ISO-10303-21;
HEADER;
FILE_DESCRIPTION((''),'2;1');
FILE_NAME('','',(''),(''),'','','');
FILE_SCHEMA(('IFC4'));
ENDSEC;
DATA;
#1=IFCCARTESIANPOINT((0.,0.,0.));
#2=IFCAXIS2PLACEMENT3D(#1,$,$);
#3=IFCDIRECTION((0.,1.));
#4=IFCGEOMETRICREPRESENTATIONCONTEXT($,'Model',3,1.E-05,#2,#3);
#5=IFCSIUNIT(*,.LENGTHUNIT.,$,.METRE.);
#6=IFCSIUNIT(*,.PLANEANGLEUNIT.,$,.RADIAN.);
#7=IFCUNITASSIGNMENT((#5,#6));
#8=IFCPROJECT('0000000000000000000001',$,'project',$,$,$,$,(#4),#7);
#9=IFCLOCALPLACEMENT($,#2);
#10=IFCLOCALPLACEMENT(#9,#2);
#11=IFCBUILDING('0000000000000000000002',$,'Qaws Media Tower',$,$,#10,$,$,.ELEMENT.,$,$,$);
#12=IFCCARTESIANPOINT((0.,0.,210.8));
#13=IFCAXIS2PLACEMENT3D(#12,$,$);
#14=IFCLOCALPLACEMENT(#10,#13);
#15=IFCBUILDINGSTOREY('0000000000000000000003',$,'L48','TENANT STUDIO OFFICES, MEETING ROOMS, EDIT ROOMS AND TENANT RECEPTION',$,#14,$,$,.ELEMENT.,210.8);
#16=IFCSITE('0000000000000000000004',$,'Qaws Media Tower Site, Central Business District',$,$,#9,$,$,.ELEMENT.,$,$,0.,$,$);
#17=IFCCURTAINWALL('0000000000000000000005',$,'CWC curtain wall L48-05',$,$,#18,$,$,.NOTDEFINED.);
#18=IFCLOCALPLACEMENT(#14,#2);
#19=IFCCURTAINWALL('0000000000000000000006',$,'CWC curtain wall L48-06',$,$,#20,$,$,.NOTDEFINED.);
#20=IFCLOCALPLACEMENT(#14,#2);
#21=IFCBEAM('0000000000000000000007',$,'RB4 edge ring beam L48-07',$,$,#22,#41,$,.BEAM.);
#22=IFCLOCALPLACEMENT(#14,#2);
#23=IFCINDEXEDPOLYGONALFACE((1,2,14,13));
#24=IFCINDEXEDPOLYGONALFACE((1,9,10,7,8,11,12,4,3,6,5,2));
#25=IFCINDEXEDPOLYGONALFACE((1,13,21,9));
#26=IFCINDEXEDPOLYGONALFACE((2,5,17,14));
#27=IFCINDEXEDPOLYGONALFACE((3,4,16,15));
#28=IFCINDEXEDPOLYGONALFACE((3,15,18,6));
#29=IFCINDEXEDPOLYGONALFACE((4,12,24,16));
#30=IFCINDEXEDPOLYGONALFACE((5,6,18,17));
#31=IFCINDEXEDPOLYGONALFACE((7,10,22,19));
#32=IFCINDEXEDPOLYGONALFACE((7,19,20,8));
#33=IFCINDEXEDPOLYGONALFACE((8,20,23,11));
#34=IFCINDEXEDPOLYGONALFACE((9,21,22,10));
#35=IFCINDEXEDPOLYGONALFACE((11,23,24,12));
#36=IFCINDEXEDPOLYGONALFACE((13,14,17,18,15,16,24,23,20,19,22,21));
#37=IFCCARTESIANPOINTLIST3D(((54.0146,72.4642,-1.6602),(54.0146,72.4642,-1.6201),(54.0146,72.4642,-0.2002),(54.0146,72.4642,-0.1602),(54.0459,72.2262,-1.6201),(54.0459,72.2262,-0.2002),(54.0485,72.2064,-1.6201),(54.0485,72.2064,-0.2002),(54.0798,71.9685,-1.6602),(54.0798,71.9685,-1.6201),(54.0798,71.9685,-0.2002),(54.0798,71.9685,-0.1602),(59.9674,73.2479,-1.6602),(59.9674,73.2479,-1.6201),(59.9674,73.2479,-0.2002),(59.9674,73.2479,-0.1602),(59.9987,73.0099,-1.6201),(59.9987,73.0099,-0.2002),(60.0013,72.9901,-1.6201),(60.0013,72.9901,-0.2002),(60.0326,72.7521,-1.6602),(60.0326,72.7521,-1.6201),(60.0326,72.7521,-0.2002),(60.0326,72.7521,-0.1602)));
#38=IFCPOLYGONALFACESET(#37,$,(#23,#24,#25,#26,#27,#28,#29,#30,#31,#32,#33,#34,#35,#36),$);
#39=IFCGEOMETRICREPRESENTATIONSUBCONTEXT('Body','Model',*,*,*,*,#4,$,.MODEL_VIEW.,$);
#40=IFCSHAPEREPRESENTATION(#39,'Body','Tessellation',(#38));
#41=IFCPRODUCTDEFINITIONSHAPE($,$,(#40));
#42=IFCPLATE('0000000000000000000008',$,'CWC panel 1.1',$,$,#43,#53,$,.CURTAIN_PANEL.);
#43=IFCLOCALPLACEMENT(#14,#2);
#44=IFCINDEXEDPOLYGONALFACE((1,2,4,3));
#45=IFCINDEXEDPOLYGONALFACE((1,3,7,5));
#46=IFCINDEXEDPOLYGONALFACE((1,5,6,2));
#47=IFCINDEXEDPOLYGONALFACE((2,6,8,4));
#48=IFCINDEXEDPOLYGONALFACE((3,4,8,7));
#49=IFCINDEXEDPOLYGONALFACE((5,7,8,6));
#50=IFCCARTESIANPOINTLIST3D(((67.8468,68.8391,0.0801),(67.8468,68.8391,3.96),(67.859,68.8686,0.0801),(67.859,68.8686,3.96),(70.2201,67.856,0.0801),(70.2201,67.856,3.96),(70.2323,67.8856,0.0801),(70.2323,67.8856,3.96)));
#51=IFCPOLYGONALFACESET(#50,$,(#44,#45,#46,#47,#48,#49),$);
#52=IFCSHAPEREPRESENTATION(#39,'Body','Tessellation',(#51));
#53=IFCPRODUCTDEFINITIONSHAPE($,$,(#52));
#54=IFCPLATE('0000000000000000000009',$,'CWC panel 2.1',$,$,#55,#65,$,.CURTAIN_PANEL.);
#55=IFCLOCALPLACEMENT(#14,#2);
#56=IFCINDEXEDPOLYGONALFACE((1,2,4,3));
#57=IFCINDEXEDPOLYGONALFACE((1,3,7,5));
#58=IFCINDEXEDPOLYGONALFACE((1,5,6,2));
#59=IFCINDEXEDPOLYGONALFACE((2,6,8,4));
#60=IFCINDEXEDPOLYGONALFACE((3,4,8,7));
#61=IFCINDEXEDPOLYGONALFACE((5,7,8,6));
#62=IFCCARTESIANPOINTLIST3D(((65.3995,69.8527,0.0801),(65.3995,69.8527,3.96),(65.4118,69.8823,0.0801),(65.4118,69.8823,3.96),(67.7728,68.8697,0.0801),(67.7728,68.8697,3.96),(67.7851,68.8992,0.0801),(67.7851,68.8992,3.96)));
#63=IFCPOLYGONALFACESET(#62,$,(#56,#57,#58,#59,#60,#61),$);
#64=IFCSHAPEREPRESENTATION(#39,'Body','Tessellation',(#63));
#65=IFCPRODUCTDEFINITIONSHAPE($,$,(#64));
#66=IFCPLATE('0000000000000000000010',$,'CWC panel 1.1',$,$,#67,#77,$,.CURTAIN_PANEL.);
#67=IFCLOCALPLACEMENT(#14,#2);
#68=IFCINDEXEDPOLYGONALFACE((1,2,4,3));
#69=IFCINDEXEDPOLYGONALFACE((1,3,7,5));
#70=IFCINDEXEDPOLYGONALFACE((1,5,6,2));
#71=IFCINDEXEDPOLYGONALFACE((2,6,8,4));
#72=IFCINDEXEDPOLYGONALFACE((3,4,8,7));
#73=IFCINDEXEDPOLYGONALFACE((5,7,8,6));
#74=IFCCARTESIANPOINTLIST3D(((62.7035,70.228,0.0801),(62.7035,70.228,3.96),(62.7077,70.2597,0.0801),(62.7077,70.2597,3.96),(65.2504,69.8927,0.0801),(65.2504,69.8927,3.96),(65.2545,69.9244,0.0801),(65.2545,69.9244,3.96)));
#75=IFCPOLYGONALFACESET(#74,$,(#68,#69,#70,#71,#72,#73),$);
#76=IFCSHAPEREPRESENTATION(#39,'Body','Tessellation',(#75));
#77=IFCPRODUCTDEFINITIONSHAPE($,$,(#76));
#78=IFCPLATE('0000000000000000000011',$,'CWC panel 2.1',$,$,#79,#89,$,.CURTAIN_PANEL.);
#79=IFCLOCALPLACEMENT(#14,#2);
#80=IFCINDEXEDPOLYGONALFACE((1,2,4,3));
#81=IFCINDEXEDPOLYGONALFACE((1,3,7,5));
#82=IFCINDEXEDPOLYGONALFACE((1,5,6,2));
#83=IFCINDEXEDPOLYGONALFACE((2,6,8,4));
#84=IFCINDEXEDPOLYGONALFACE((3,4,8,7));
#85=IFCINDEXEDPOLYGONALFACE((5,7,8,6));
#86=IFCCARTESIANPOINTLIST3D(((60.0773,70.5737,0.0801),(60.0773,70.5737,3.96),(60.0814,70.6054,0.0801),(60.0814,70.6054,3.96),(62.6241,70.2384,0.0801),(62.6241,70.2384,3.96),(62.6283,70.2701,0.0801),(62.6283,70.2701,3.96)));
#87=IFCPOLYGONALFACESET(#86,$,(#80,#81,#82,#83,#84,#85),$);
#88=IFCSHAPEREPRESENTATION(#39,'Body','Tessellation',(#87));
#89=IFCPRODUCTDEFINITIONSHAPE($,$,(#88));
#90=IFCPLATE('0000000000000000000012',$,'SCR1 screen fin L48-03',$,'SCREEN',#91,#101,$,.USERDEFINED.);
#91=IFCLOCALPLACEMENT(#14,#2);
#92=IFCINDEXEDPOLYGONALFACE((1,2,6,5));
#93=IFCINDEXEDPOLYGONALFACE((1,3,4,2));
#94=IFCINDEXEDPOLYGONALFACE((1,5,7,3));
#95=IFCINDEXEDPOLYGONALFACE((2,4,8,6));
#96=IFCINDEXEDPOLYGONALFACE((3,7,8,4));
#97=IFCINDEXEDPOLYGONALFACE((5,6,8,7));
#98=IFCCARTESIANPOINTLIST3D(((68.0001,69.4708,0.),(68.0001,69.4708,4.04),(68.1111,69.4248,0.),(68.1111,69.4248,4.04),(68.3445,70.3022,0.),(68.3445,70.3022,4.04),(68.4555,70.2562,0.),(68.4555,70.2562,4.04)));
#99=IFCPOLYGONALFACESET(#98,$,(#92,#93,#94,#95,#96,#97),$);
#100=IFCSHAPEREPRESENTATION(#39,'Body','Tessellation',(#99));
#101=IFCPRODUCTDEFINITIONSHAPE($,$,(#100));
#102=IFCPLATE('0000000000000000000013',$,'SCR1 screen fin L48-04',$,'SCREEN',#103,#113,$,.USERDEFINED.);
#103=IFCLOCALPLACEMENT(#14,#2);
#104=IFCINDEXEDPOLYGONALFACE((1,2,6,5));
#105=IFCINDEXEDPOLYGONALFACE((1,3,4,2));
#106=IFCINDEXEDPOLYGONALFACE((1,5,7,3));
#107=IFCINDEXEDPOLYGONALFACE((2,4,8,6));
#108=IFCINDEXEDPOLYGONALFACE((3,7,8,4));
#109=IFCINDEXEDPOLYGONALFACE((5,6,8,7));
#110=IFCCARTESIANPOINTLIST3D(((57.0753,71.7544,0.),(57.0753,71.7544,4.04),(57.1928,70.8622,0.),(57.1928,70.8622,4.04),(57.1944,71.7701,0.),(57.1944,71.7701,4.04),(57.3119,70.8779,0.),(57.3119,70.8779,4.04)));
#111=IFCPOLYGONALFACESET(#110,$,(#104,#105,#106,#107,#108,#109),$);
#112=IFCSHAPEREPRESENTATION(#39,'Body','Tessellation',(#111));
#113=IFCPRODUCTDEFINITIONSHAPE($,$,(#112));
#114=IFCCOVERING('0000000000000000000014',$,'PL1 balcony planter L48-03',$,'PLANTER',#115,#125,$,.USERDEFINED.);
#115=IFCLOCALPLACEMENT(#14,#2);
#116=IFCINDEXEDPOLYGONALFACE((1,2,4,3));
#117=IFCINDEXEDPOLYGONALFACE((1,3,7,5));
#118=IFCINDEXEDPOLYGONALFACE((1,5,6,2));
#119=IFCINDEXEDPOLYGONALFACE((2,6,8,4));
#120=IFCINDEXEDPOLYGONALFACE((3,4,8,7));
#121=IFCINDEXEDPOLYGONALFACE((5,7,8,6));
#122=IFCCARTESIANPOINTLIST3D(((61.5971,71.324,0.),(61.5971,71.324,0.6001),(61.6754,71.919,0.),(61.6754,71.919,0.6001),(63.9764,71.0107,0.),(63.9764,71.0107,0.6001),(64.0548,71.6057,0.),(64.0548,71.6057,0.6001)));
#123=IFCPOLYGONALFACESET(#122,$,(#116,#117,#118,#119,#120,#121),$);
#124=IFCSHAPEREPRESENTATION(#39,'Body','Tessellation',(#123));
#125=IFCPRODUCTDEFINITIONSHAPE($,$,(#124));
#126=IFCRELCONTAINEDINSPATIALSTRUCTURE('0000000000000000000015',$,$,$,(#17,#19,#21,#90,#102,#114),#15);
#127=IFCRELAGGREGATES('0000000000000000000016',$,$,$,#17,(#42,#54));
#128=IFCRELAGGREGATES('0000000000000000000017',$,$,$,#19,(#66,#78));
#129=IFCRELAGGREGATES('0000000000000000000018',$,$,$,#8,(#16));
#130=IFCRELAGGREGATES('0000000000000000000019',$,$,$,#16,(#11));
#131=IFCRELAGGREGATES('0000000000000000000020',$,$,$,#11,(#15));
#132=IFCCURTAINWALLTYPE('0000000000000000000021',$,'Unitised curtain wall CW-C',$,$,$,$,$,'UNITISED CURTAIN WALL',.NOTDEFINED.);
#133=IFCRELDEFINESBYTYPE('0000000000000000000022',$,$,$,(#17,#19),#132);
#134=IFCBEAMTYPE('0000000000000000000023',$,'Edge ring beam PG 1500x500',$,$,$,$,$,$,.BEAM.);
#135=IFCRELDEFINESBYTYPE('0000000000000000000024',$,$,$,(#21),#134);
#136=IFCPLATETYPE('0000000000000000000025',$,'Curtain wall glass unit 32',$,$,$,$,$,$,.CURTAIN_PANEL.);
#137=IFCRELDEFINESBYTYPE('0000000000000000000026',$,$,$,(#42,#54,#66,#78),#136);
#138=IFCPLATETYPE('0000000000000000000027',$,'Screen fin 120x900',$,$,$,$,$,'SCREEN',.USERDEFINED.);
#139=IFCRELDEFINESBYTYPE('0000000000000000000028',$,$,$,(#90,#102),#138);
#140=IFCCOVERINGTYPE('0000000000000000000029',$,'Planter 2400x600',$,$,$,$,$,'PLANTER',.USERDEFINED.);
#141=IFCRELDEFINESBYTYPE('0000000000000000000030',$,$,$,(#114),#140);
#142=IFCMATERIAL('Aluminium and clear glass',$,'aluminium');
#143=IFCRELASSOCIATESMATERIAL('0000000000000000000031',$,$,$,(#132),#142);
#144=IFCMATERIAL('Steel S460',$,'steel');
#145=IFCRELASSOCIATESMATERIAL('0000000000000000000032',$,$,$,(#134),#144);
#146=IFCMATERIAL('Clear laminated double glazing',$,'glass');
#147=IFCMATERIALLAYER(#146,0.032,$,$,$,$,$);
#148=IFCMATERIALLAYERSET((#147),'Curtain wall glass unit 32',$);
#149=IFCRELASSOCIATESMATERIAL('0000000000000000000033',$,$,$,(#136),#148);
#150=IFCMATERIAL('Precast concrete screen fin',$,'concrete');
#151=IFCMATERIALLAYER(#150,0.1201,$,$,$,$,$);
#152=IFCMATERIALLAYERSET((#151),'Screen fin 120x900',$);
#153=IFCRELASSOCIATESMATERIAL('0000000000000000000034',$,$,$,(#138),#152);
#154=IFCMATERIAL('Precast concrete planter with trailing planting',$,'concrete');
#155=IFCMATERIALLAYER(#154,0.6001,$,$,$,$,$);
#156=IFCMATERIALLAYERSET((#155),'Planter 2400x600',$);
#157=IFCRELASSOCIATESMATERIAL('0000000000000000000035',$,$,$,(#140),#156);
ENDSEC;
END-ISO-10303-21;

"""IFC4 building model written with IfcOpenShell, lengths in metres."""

from ifc_helpers import new_model, si_unit, direction, frame, origin, origin_2d, place, context, subcontext, project, spatial, rectangle, i_section, extrude, material, layer, layer_set, material_profile, profile_set, type_object, element, aggregate, save


model = new_model("IFC4")

# Units and contexts
model_context = context("Model", 3, precision=1e-05, world=origin(), true_north=direction((0.0, 1.0)))
body_context = subcontext(model_context, "Body", "Model", "MODEL_VIEW")
ifc_project = project(units=[si_unit("LENGTHUNIT", "METRE"), si_unit("PLANEANGLEUNIT", "RADIAN")], contexts=[model_context])

# Site, building, storey
site_placement = place(None, origin())
site = spatial("IfcSite", under=ifc_project, at=site_placement, Name="Qaws Media Tower Site, Central Business District", CompositionType="ELEMENT", RefElevation=0.0)
building_placement = place(site_placement, origin())
building = spatial("IfcBuilding", under=site, at=building_placement, Name="Qaws Media Tower", CompositionType="ELEMENT")
storey_placement = place(building_placement, frame((0.0, 0.0, 210.8)))
storey = spatial("IfcBuildingStorey", under=building, at=storey_placement, Name="L48", Description="TENANT STUDIO OFFICES, MEETING ROOMS, EDIT ROOMS AND TENANT RECEPTION", CompositionType="ELEMENT", Elevation=210.8)

# Shared definitions
ifc_material_1 = material(Name="Aluminium and clear glass", Category="aluminium")
curtain_wall_type = type_object("IfcCurtainWallType", Name="Unitised curtain wall CW-C", ElementType="UNITISED CURTAIN WALL", PredefinedType="NOTDEFINED", material=ifc_material_1)

# Curtain walls
curtain_wall_1_placement = place(storey_placement, origin())
curtain_wall_1 = element("IfcCurtainWall", 1, at=curtain_wall_1_placement, inside=storey, type_object=curtain_wall_type, Name="CWC curtain wall L48-05", PredefinedType="NOTDEFINED")
curtain_wall_2_placement = place(storey_placement, origin())
curtain_wall_2 = element("IfcCurtainWall", 2, at=curtain_wall_2_placement, inside=storey, type_object=curtain_wall_type, Name="CWC curtain wall L48-06", PredefinedType="NOTDEFINED")

# Beam
ifc_material_2 = material(Name="Steel S460", Category="steel")
ifc_material_profile_1 = material_profile(ifc_material_2, i_section(OverallWidth=0.5, OverallDepth=1.5, WebThickness=0.02, FlangeThickness=0.04, at=origin_2d()), Name="PG 1500x500")
ifc_profile_set_1 = profile_set([ifc_material_profile_1], Name="Steel S460")
beam_type = type_object("IfcBeamType", Name="Edge ring beam PG 1500x500", PredefinedType="BEAM", material=ifc_profile_set_1)
for number, where, z_axis, x_axis, name in (
    (3, (60.0, 73.0, -0.9102), (-0.991445, -0.130523, 0.0), (0.130523, -0.991445, 0.0), "RB4 edge ring beam L48-07"),
):
    element("IfcBeam", number, at=place(storey_placement, frame(where, z_axis=z_axis, x_axis=x_axis)), inside=storey, type_object=beam_type, Name=name, PredefinedType="BEAM", context=body_context, shape_type="SweptSolid", body=[
        extrude(i_section(OverallWidth=0.5, OverallDepth=1.5, WebThickness=0.02, FlangeThickness=0.04, at=origin_2d()), origin(), (0.0, 0.0, 1.0), 6.0042),
    ])

# Plates
ifc_material_3 = material(Name="Clear laminated double glazing", Category="glass")
ifc_layer_1 = layer(ifc_material_3, 0.032)
ifc_layer_set_1 = layer_set([ifc_layer_1], Name="Curtain wall glass unit 32")
plate_type_1 = type_object("IfcPlateType", Name="Curtain wall glass unit 32", PredefinedType="CURTAIN_PANEL", material=ifc_layer_set_1)
plate_1_placement = place(storey_placement, frame((69.0396, 68.3623, 0.0801), z_axis=(0.0, 0.0, 1.0), x_axis=(-0.92388, 0.382683, 0.0)))
plate_1 = element("IfcPlate", 4, at=plate_1_placement, type_object=plate_type_1, Name="CWC panel 1.1", PredefinedType="CURTAIN_PANEL", context=body_context, shape_type="SweptSolid", body=[
    extrude(rectangle(XDim=2.5688, YDim=0.032, at=origin_2d()), origin(), (0.0, 0.0, 1.0), 3.8799),
])
plate_2_placement = place(storey_placement, frame((66.5923, 69.376, 0.0801), z_axis=(0.0, 0.0, 1.0), x_axis=(-0.92388, 0.382683, 0.0)))
plate_2 = element("IfcPlate", 5, at=plate_2_placement, type_object=plate_type_1, Name="CWC panel 2.1", PredefinedType="CURTAIN_PANEL", context=body_context, shape_type="SweptSolid", body=[
    extrude(rectangle(XDim=2.5688, YDim=0.032, at=origin_2d()), origin(), (0.0, 0.0, 1.0), 3.8799),
])
aggregate(curtain_wall_1, [plate_1, plate_2])
plate_3_placement = place(storey_placement, frame((63.979, 70.0762, 0.0801), z_axis=(0.0, 0.0, 1.0), x_axis=(-0.991445, 0.130526, 0.0)))
plate_3 = element("IfcPlate", 6, at=plate_3_placement, type_object=plate_type_1, Name="CWC panel 1.1", PredefinedType="CURTAIN_PANEL", context=body_context, shape_type="SweptSolid", body=[
    extrude(rectangle(XDim=2.5688, YDim=0.032, at=origin_2d()), origin(), (0.0, 0.0, 1.0), 3.8799),
])
plate_4_placement = place(storey_placement, frame((61.3528, 70.4219, 0.0801), z_axis=(0.0, 0.0, 1.0), x_axis=(-0.991445, 0.130526, 0.0)))
plate_4 = element("IfcPlate", 7, at=plate_4_placement, type_object=plate_type_1, Name="CWC panel 2.1", PredefinedType="CURTAIN_PANEL", context=body_context, shape_type="SweptSolid", body=[
    extrude(rectangle(XDim=2.5688, YDim=0.032, at=origin_2d()), origin(), (0.0, 0.0, 1.0), 3.8799),
])
aggregate(curtain_wall_2, [plate_3, plate_4])

# Plates
ifc_material_4 = material(Name="Precast concrete screen fin", Category="concrete")
ifc_layer_2 = layer(ifc_material_4, 0.1201)
ifc_layer_set_2 = layer_set([ifc_layer_2], Name="Screen fin 120x900")
plate_type_2 = type_object("IfcPlateType", Name="Screen fin 120x900", ElementType="SCREEN", PredefinedType="USERDEFINED", material=ifc_layer_set_2)
for number, where, z_axis, x_axis, name in (
    (8, (68.2278, 69.8635, 0.0), (0.0, 0.0, 1.0), (0.382683, 0.92388, 0.0), "SCR1 screen fin L48-03"),
    (9, (57.1936, 71.3162, 0.0), (0.0, 0.0, 1.0), (-0.130526, 0.991445, 0.0), "SCR1 screen fin L48-04"),
):
    element("IfcPlate", number, at=place(storey_placement, frame(where, z_axis=z_axis, x_axis=x_axis)), inside=storey, type_object=plate_type_2, Name=name, ObjectType="SCREEN", PredefinedType="USERDEFINED", context=body_context, shape_type="SweptSolid", body=[
        extrude(rectangle(XDim=0.8999, YDim=0.1201, at=origin_2d()), origin(), (0.0, 0.0, 1.0), 4.04),
    ])

# Covering
ifc_material_5 = material(Name="Precast concrete planter with trailing planting", Category="concrete")
ifc_layer_3 = layer(ifc_material_5, 0.6001)
ifc_layer_set_3 = layer_set([ifc_layer_3], Name="Planter 2400x600")
covering_type = type_object("IfcCoveringType", Name="Planter 2400x600", ElementType="PLANTER", PredefinedType="USERDEFINED", material=ifc_layer_set_3)
covering_placement = place(storey_placement, frame((62.8259, 71.4648, 0.0), z_axis=(0.0, 0.0, 1.0), x_axis=(-0.991445, 0.130526, 0.0)))
element("IfcCovering", 10, at=covering_placement, inside=storey, type_object=covering_type, Name="PL1 balcony planter L48-03", ObjectType="PLANTER", PredefinedType="USERDEFINED", context=body_context, shape_type="SweptSolid", body=[
    extrude(rectangle(XDim=2.3999, YDim=0.6001, at=origin_2d()), origin(), (0.0, 0.0, 1.0), 0.6001),
])

save(model, "model.ifc")
